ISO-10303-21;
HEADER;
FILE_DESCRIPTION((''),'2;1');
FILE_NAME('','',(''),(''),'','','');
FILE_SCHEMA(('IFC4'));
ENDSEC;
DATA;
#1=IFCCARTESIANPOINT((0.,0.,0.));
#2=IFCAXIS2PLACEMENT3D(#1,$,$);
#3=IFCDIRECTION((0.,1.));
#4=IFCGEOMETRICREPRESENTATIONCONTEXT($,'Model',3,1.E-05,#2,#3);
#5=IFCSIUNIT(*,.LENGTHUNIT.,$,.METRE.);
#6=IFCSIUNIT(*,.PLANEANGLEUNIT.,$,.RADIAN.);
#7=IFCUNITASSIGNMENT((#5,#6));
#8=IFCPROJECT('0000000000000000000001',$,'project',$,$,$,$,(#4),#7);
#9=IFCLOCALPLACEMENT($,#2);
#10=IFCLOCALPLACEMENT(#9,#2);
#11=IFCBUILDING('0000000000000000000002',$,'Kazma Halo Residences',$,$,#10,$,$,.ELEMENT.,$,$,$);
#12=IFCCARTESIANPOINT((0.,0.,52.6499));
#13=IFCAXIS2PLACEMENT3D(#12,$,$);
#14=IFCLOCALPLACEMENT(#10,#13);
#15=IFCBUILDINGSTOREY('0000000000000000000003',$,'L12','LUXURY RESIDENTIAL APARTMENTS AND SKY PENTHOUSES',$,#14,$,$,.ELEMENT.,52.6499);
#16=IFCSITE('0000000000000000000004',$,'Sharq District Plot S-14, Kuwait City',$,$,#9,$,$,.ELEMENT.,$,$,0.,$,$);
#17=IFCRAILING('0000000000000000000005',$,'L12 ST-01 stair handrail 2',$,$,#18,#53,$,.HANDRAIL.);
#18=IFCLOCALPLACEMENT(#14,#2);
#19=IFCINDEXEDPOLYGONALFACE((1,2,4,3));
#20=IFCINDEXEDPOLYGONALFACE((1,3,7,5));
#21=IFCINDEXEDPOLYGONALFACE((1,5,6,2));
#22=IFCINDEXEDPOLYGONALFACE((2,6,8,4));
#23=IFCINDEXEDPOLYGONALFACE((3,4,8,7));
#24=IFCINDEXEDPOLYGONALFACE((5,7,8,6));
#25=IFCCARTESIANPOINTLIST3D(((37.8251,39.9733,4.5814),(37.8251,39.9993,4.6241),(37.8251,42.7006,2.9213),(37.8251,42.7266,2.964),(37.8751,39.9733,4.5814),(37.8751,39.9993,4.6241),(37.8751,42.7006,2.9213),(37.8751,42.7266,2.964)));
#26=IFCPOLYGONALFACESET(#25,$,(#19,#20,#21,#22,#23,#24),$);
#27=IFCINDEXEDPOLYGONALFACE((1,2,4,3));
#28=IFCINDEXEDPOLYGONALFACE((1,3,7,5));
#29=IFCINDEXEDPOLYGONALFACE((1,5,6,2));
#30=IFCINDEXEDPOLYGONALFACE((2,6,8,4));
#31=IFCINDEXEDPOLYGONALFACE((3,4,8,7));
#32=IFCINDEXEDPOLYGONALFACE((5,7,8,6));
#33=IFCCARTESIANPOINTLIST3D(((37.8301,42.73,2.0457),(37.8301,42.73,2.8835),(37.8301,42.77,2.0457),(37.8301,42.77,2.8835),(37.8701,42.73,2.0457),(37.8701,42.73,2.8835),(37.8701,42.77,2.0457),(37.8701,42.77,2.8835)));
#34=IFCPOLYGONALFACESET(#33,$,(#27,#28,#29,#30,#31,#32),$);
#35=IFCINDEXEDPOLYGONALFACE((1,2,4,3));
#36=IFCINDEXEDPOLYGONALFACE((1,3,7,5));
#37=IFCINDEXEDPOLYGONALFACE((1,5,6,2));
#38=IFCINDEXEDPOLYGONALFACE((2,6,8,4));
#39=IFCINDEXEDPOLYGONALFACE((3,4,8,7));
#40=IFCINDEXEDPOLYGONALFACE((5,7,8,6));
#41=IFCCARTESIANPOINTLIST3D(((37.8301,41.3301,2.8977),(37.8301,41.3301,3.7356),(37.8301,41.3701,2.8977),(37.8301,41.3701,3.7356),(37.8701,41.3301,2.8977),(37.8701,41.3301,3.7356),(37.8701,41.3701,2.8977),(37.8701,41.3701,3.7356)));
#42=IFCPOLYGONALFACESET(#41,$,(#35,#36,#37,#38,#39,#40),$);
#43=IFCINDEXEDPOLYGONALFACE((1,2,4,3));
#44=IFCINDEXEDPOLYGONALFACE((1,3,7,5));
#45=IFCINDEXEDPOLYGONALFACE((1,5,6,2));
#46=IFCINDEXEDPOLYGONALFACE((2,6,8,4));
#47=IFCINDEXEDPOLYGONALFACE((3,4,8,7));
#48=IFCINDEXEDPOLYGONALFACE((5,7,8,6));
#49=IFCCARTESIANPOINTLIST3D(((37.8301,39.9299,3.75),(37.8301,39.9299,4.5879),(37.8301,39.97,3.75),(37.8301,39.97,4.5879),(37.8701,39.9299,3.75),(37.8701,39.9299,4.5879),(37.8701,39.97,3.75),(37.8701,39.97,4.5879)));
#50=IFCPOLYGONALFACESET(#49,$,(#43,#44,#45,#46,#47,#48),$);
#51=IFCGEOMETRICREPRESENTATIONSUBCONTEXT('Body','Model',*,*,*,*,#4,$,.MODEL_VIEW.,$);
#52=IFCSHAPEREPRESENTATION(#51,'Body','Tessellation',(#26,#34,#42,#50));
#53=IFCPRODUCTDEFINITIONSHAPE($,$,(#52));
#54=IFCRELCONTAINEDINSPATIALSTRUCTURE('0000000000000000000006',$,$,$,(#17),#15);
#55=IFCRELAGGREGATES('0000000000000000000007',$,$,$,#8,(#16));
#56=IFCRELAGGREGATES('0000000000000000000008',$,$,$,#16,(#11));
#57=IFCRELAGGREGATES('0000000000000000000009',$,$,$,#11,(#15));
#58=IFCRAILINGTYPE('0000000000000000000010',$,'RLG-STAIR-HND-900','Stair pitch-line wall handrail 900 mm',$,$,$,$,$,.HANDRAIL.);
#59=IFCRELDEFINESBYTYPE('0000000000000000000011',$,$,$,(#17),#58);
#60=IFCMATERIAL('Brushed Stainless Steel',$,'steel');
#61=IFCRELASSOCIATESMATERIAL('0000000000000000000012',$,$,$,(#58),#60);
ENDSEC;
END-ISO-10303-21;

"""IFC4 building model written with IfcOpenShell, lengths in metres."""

from ifc_helpers import new_model, si_unit, direction, frame, origin, origin_2d, place, context, subcontext, project, spatial, rectangle, extrude, material, type_object, element, save


model = new_model("IFC4")

# Units and contexts
model_context = context("Model", 3, precision=1e-05, world=origin(), true_north=direction((0.0, 1.0)))
body_context = subcontext(model_context, "Body", "Model", "MODEL_VIEW")
ifc_project = project(units=[si_unit("LENGTHUNIT", "METRE"), si_unit("PLANEANGLEUNIT", "RADIAN")], contexts=[model_context])

# Site, building, storey
site_placement = place(None, origin())
site = spatial("IfcSite", under=ifc_project, at=site_placement, Name="Sharq District Plot S-14, Kuwait City", CompositionType="ELEMENT", RefElevation=0.0)
building_placement = place(site_placement, origin())
building = spatial("IfcBuilding", under=site, at=building_placement, Name="Kazma Halo Residences", CompositionType="ELEMENT")
storey_placement = place(building_placement, frame((0.0, 0.0, 52.6499)))
storey = spatial("IfcBuildingStorey", under=building, at=storey_placement, Name="L12", Description="LUXURY RESIDENTIAL APARTMENTS AND SKY PENTHOUSES", CompositionType="ELEMENT", Elevation=52.6499)

# Railing
ifc_material_1 = material(Name="Brushed Stainless Steel", Category="steel")
railing_type_1 = type_object("IfcRailingType", Name="RLG-STAIR-HND-900", Description="Stair pitch-line wall handrail 900 mm", PredefinedType="HANDRAIL", material=ifc_material_1)
railing_1_placement = place(storey_placement, frame((37.8501, 42.75, 2.0457)))
element("IfcRailing", 1, at=railing_1_placement, inside=storey, type_object=railing_type_1, Name="L12 ST-01 stair handrail 2", PredefinedType="HANDRAIL", context=body_context, shape_type="SweptSolid", body=[
    extrude(rectangle(XDim=0.05, YDim=0.05, at=origin_2d()), frame((0.0, -0.0364, 0.897), z_axis=(0.0, -0.854203, 0.51994), x_axis=(1.0, 0.0, 0.0)), (0.0, 0.0, 1.0), 3.1929),
    extrude(rectangle(XDim=0.04, YDim=0.04, at=origin_2d()), origin(), (0.0, 0.0, 1.0), 0.8379),
    extrude(rectangle(XDim=0.04, YDim=0.04, at=origin_2d()), frame((0.0, -1.3999, 0.8521)), (0.0, 0.0, 1.0), 0.8379),
    extrude(rectangle(XDim=0.04, YDim=0.04, at=origin_2d()), frame((0.0, -2.8, 1.7043)), (0.0, 0.0, 1.0), 0.8379),
])

save(model, "model.ifc")
